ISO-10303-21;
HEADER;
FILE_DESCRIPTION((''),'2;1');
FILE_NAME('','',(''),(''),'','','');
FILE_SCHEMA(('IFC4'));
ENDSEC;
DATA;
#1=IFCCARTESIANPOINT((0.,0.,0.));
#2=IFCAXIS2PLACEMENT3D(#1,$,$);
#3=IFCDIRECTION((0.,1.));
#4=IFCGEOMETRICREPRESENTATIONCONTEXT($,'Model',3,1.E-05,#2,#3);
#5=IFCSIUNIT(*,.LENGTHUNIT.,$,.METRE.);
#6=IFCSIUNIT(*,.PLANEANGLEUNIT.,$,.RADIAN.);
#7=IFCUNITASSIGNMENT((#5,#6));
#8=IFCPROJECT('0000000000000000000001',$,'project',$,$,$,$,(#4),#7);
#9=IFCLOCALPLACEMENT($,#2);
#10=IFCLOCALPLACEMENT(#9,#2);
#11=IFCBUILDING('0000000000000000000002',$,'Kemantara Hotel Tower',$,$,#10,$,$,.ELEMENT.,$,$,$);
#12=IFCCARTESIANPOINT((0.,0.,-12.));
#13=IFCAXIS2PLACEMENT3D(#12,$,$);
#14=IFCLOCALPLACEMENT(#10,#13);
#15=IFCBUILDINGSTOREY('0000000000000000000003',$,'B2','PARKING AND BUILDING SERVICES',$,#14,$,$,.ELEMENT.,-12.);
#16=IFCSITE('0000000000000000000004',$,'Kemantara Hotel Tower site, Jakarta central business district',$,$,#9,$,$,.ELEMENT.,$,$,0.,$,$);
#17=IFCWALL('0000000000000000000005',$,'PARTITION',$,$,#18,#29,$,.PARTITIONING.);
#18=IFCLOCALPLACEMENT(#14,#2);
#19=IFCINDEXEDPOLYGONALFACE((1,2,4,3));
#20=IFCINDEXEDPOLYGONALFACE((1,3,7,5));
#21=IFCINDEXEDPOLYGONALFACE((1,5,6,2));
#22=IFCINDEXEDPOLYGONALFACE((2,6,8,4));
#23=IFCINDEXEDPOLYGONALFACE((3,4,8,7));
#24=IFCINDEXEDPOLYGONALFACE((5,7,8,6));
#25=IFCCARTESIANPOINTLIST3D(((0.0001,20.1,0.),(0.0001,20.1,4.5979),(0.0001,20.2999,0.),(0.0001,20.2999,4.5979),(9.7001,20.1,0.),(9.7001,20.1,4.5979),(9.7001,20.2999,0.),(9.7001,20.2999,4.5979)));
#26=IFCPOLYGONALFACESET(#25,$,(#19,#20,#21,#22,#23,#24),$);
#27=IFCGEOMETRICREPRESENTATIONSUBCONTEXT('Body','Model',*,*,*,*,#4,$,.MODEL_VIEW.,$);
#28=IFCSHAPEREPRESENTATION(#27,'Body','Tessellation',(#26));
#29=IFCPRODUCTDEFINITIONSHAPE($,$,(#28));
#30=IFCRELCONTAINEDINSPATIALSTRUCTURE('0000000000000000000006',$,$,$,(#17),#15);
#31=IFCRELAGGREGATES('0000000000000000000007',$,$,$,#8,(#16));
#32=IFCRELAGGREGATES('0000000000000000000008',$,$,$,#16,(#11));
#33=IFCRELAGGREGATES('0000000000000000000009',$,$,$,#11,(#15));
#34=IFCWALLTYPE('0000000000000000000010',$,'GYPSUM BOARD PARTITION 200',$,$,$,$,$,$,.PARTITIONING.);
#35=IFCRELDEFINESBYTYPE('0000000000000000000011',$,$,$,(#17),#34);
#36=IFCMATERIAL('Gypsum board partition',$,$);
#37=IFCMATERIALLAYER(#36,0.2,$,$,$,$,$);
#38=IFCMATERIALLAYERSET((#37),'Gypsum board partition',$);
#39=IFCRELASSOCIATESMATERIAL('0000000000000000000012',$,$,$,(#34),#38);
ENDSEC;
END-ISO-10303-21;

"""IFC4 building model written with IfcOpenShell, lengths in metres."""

from ifc_helpers import new_model, si_unit, direction, frame, frame_2d, origin, place, context, subcontext, project, spatial, rectangle, extrude, material, layer, layer_set, type_object, element, save


model = new_model("IFC4")

# Units and contexts
model_context = context("Model", 3, precision=1e-05, world=origin(), true_north=direction((0.0, 1.0)))
body_context = subcontext(model_context, "Body", "Model", "MODEL_VIEW")
ifc_project = project(units=[si_unit("LENGTHUNIT", "METRE"), si_unit("PLANEANGLEUNIT", "RADIAN")], contexts=[model_context])

# Site, building, storey
site_placement = place(None, origin())
site = spatial("IfcSite", under=ifc_project, at=site_placement, Name="Kemantara Hotel Tower site, Jakarta central business district", CompositionType="ELEMENT", RefElevation=0.0)
building_placement = place(site_placement, origin())
building = spatial("IfcBuilding", under=site, at=building_placement, Name="Kemantara Hotel Tower", CompositionType="ELEMENT")
storey_placement = place(building_placement, frame((0.0, 0.0, -12.0)))
storey = spatial("IfcBuildingStorey", under=building, at=storey_placement, Name="B2", Description="PARKING AND BUILDING SERVICES", CompositionType="ELEMENT", Elevation=-12.0)

# Wall
ifc_material_1 = material(Name="Gypsum board partition")
ifc_layer_1 = layer(ifc_material_1, 0.2)
ifc_layer_set_1 = layer_set([ifc_layer_1], Name="Gypsum board partition")
wall_type_1 = type_object("IfcWallType", Name="GYPSUM BOARD PARTITION 200", PredefinedType="PARTITIONING", material=ifc_layer_set_1)
wall_1_placement = place(storey_placement, frame((0.0, 20.2, 0.0), z_axis=(0.0, 0.0, 1.0), x_axis=(1.0, 0.0, 0.0)))
element("IfcWall", 1, at=wall_1_placement, inside=storey, type_object=wall_type_1, Name="PARTITION", PredefinedType="PARTITIONING", context=body_context, shape_type="SweptSolid", body=[
    extrude(rectangle(XDim=9.7, YDim=0.2, at=frame_2d((4.8501, 0.0))), origin(), (0.0, 0.0, 1.0), 4.5979),
])

save(model, "model.ifc")
